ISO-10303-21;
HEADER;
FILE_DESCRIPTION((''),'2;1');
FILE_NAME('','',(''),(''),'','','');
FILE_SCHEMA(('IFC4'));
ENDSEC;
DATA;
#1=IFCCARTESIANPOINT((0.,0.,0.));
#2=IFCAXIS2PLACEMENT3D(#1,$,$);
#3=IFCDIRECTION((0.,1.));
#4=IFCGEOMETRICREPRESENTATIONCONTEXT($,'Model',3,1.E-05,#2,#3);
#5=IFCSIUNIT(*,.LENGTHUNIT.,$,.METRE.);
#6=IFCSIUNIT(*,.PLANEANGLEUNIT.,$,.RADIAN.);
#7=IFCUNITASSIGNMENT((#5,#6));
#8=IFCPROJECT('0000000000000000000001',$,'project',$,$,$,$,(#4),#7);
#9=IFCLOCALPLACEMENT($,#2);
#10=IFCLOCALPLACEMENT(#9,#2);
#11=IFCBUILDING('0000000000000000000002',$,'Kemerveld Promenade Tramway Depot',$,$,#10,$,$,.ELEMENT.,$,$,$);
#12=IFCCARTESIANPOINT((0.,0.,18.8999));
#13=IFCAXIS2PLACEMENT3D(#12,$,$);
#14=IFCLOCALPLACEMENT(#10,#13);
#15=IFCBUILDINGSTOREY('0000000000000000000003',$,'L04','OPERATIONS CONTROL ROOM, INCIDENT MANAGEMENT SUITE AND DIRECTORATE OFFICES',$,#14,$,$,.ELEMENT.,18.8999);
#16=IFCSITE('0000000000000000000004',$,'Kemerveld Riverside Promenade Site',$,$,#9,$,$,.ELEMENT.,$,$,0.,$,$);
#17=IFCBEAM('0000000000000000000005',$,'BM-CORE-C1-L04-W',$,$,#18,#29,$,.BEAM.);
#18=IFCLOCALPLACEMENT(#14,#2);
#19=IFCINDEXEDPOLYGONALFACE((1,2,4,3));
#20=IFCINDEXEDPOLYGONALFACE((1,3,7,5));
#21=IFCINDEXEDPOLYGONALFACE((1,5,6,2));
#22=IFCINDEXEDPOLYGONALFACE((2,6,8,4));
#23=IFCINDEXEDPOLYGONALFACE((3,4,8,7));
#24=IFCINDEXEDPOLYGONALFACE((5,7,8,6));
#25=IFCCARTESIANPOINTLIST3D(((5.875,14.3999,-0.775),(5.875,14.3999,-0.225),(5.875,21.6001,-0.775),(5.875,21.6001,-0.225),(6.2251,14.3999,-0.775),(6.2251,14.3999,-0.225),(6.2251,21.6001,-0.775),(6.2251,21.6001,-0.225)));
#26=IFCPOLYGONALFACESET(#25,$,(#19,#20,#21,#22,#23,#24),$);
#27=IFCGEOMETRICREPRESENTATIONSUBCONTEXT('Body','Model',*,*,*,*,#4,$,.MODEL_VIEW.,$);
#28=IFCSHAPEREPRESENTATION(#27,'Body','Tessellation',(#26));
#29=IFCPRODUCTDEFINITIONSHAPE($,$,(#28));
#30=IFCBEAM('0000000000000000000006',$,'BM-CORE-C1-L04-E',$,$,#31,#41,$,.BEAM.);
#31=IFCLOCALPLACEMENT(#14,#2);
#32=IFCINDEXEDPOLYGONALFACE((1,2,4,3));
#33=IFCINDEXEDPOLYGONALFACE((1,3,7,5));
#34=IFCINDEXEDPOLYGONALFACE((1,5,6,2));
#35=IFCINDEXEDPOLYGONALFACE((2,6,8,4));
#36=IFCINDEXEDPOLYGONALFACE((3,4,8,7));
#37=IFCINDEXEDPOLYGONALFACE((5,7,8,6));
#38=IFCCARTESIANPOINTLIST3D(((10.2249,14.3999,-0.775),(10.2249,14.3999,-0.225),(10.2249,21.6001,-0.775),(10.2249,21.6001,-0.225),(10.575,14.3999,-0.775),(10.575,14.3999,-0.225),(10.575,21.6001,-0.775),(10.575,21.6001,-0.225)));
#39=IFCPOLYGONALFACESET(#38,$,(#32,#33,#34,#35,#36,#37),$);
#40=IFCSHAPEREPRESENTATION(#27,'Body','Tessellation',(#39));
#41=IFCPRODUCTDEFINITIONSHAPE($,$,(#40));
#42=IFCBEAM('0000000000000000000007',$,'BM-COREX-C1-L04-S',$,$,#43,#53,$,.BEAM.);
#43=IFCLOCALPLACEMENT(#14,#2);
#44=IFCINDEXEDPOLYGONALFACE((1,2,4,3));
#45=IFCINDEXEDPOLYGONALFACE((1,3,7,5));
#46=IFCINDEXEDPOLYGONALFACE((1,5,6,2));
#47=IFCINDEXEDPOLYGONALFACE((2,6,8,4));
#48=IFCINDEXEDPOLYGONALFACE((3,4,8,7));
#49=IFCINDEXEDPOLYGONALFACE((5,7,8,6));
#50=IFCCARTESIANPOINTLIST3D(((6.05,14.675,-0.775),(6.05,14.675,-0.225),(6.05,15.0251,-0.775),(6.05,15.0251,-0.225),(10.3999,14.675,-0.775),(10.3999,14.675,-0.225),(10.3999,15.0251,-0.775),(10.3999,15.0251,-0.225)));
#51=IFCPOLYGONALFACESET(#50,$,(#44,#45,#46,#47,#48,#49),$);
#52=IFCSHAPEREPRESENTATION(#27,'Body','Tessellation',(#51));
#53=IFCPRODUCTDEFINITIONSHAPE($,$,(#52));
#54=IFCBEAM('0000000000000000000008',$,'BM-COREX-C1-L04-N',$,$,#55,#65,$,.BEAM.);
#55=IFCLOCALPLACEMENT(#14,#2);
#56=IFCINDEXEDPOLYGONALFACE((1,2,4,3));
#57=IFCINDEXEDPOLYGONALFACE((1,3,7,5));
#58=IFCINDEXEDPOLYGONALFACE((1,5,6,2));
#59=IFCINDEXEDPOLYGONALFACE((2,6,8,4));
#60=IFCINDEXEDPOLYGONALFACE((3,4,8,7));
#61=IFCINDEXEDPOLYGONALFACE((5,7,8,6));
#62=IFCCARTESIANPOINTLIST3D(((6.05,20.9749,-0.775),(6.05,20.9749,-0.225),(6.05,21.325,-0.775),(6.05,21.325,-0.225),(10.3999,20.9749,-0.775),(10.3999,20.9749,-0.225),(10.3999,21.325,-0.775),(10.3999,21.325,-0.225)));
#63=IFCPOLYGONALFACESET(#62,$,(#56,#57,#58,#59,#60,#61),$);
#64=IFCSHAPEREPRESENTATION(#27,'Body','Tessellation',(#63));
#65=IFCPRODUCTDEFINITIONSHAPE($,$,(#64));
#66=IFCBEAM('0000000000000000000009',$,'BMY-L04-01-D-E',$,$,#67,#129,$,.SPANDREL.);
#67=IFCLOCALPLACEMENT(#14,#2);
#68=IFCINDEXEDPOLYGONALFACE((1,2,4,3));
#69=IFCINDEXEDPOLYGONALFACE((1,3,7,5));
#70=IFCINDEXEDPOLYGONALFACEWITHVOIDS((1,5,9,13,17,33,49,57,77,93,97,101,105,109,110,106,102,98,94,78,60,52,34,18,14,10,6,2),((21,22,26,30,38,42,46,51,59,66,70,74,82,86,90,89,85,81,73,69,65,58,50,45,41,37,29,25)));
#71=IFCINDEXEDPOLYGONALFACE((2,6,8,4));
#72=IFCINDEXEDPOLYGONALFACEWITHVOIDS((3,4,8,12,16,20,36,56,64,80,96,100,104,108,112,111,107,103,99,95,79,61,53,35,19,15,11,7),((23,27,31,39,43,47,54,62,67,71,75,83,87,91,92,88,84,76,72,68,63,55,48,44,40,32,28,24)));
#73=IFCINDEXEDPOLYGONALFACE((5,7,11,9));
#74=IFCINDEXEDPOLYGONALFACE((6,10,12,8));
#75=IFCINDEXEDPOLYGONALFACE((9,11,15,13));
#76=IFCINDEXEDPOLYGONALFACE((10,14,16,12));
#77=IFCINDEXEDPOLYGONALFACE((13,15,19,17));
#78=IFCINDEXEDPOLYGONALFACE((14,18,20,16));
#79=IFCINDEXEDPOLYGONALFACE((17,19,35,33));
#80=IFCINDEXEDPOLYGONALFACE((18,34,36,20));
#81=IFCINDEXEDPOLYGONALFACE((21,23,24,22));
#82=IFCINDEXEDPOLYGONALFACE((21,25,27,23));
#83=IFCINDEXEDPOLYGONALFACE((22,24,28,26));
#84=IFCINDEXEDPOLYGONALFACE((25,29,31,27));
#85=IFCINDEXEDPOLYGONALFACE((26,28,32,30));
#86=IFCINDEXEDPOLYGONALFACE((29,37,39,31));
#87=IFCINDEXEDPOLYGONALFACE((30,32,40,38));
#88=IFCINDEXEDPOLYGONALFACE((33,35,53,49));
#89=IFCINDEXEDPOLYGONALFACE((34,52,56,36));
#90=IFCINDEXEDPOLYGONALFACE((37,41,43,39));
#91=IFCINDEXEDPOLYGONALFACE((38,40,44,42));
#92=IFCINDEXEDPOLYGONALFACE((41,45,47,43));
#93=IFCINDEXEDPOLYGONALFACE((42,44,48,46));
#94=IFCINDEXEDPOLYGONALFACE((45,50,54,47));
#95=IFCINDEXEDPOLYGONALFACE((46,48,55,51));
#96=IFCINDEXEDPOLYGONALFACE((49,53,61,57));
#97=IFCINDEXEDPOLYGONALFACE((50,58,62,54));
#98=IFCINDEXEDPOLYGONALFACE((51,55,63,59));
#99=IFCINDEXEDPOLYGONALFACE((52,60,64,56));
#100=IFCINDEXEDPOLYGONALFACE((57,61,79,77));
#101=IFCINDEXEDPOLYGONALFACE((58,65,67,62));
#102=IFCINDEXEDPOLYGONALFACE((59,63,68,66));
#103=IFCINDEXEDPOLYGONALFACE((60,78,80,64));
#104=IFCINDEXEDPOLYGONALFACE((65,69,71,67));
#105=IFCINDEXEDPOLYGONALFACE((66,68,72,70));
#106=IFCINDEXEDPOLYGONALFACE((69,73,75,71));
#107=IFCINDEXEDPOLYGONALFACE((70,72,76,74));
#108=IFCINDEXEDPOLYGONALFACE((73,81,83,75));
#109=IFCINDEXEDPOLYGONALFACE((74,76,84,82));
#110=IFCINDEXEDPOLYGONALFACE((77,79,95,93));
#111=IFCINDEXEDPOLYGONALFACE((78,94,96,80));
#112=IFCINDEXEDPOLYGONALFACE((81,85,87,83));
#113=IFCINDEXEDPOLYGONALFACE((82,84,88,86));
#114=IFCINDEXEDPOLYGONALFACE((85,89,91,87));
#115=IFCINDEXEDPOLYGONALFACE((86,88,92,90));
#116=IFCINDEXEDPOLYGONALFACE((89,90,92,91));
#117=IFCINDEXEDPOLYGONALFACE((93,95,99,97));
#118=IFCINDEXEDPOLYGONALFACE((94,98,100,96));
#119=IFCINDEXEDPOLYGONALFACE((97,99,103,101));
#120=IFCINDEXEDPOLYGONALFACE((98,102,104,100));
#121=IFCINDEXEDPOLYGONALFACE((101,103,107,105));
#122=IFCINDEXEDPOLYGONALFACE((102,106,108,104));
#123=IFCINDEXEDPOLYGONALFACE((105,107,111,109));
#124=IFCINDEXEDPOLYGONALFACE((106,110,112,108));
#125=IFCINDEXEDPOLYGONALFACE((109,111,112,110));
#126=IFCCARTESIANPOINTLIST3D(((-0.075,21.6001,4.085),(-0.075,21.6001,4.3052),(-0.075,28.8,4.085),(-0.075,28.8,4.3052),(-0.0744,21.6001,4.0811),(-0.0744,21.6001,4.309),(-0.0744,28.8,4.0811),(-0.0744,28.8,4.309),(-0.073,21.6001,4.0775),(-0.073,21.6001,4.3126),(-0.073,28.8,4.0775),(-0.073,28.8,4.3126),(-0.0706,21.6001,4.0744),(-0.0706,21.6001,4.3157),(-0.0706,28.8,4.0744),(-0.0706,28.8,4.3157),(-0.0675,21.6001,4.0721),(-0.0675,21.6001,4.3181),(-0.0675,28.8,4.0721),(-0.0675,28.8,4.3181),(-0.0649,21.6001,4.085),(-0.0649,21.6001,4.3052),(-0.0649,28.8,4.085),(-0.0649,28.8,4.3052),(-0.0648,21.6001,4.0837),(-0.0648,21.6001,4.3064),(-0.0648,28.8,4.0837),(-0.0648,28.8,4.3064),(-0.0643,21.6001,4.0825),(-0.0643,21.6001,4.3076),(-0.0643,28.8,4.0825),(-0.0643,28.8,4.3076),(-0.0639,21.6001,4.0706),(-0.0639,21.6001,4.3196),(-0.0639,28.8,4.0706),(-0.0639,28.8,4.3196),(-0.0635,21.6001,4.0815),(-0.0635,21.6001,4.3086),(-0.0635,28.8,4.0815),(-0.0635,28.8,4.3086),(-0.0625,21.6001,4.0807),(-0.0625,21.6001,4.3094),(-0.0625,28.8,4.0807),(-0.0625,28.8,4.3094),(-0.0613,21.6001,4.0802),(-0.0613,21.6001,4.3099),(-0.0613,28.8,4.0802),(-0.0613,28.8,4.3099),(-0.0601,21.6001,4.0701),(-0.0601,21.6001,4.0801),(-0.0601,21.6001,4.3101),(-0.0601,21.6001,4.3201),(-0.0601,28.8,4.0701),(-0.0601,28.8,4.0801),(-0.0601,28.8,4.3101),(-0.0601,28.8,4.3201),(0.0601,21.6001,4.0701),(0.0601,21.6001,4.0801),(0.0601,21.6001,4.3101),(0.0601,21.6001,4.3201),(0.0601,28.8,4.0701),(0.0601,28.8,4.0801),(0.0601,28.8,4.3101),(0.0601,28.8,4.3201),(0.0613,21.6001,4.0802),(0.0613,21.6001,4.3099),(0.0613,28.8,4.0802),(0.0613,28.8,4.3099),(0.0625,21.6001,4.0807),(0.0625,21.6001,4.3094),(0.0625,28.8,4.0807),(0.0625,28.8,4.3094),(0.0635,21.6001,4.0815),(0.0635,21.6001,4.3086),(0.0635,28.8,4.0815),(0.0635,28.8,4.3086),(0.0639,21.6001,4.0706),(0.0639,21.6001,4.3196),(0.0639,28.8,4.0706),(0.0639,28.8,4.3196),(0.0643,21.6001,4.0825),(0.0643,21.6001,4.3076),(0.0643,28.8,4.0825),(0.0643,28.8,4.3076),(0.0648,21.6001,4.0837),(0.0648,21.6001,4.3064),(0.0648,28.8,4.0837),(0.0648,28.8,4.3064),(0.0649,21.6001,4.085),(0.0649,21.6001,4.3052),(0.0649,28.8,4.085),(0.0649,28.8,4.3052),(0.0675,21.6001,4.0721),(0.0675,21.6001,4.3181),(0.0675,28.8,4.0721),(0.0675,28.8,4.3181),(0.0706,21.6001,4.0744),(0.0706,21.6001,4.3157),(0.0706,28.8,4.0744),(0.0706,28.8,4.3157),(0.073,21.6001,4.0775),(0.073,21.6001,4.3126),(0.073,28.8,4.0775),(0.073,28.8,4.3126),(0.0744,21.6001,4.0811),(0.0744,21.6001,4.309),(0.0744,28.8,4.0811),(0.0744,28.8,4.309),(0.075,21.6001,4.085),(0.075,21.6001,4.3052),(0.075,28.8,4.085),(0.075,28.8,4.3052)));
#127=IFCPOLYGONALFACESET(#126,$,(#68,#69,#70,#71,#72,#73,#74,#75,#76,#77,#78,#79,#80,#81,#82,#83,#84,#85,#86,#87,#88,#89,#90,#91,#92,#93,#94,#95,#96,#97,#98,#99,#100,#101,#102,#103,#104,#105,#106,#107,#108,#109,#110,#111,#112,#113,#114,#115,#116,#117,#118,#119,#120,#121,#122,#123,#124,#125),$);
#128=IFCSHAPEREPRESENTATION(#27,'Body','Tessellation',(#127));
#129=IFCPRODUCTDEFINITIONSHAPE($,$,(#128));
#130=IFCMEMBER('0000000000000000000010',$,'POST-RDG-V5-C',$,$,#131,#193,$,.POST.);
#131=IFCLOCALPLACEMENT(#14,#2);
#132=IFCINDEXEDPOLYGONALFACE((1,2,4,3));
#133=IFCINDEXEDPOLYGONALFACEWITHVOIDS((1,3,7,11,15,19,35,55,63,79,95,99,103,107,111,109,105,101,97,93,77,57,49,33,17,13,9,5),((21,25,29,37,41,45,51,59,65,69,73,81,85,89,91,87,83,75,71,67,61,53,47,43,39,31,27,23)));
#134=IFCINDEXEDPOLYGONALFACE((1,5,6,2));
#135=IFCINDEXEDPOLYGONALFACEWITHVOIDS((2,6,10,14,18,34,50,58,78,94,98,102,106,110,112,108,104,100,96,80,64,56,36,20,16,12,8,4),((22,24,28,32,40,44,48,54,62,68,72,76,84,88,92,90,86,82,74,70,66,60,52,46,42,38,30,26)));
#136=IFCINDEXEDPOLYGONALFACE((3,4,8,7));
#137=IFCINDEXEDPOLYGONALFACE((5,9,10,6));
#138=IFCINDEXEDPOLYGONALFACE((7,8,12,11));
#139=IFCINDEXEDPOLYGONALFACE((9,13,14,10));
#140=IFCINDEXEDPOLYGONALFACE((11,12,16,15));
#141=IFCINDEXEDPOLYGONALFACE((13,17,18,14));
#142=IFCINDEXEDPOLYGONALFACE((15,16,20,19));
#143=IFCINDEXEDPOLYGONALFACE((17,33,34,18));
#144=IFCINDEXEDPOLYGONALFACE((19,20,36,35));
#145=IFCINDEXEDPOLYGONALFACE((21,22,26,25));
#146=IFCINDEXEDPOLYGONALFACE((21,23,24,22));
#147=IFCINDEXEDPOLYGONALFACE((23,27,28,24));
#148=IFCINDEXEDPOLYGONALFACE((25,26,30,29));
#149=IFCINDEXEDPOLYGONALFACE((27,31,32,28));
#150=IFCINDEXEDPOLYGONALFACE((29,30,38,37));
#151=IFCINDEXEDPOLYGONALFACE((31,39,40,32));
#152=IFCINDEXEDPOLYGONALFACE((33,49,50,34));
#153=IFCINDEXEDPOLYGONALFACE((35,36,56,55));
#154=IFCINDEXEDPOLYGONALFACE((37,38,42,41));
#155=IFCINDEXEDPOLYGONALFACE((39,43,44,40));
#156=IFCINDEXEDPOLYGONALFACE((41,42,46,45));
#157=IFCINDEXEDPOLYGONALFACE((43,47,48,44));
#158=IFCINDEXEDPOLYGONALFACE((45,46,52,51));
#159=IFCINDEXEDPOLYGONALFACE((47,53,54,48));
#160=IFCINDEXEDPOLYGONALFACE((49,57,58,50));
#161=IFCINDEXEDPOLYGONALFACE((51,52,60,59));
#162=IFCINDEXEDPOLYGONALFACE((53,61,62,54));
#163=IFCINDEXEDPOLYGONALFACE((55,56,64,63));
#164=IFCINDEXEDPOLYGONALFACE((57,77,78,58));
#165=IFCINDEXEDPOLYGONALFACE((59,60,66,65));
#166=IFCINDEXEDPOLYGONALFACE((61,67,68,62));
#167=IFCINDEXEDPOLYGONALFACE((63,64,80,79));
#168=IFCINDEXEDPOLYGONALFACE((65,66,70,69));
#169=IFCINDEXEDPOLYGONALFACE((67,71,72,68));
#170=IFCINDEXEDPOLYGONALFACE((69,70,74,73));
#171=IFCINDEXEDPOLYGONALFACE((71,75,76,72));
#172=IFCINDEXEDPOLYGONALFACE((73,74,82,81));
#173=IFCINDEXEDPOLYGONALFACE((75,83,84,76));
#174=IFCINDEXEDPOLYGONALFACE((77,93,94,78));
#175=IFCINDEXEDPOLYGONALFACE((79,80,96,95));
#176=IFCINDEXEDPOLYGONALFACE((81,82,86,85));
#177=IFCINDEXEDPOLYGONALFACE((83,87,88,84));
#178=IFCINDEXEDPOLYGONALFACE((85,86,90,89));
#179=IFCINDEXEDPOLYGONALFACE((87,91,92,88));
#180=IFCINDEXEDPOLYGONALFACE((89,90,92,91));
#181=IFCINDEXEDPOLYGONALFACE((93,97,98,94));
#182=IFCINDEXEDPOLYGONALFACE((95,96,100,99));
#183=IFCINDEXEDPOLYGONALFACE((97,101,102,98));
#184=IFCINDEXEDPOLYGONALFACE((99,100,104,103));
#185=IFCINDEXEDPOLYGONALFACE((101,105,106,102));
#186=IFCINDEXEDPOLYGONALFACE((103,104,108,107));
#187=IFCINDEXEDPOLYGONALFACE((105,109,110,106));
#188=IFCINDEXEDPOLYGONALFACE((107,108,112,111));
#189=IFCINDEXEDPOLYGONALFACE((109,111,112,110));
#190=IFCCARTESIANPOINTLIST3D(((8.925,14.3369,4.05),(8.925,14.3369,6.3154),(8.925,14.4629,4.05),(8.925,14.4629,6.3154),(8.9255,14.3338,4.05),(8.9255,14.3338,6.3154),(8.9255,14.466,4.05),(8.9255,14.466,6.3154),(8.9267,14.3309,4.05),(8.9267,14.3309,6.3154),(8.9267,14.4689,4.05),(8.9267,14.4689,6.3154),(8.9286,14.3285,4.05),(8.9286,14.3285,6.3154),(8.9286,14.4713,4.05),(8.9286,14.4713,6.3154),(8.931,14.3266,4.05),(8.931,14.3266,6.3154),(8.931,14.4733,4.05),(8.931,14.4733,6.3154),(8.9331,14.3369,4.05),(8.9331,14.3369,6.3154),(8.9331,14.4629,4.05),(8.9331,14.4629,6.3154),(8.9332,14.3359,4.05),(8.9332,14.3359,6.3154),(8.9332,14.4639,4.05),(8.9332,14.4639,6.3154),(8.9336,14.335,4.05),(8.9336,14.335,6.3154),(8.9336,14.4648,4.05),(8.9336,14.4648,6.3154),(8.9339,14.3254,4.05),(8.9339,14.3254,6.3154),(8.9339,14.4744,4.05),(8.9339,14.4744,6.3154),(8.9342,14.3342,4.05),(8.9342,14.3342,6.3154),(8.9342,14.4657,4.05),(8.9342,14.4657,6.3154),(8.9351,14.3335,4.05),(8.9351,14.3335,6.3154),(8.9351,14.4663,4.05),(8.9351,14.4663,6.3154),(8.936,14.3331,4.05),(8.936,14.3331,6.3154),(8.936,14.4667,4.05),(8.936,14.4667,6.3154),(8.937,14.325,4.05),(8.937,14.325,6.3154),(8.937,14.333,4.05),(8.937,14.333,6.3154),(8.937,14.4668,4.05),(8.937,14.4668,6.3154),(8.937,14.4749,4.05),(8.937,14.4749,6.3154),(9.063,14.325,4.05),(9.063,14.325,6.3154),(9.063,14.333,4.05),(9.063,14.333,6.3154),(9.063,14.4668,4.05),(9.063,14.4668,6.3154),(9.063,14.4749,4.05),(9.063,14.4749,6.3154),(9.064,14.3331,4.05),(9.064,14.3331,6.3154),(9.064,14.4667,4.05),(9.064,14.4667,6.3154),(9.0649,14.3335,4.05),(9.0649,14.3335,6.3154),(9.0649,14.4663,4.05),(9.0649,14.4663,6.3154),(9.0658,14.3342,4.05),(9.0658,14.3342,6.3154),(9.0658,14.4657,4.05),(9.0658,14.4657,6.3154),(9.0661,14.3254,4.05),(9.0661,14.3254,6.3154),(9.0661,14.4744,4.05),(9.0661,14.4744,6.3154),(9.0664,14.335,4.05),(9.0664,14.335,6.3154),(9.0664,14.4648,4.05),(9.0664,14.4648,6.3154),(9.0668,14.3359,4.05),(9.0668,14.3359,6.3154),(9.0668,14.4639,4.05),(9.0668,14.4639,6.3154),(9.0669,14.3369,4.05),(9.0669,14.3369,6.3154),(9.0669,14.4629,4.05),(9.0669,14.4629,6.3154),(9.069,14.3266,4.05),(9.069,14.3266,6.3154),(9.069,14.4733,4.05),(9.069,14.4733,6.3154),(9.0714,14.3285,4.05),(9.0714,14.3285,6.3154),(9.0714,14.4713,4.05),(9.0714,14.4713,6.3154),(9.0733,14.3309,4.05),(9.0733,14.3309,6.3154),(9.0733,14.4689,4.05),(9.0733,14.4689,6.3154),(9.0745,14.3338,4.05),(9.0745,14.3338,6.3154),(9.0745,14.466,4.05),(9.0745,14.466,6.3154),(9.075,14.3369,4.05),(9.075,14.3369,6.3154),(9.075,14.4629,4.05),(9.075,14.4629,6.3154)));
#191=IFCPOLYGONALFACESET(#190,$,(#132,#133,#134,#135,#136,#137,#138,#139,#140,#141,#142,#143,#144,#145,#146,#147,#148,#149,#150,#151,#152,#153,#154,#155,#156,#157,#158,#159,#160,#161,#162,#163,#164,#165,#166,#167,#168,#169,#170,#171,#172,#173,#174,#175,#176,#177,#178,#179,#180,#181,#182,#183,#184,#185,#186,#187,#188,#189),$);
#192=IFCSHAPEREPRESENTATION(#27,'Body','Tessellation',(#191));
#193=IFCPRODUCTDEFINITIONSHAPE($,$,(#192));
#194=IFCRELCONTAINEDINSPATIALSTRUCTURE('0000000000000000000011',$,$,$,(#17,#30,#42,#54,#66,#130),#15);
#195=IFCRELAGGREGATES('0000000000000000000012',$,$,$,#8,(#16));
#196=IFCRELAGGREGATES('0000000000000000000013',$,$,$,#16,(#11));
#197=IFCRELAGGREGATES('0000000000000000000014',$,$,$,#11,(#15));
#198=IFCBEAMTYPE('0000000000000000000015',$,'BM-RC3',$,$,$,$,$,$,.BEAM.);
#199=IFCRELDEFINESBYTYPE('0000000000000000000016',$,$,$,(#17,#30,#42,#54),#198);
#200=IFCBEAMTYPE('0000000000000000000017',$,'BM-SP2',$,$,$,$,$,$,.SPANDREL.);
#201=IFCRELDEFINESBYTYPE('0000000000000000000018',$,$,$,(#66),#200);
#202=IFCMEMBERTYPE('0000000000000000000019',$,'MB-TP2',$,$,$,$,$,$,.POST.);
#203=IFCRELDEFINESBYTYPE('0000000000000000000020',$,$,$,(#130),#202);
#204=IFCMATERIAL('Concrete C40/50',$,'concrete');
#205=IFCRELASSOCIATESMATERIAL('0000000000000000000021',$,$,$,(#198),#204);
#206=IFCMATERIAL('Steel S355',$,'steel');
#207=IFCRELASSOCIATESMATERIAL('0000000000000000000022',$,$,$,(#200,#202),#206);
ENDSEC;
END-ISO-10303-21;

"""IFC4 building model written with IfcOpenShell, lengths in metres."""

from ifc_helpers import new_model, si_unit, direction, frame, origin, origin_2d, place, context, subcontext, project, spatial, rectangle, hollow_rectangle, extrude, material, material_profile, profile_set, type_object, element, save


model = new_model("IFC4")

# Units and contexts
model_context = context("Model", 3, precision=1e-05, world=origin(), true_north=direction((0.0, 1.0)))
body_context = subcontext(model_context, "Body", "Model", "MODEL_VIEW")
ifc_project = project(units=[si_unit("LENGTHUNIT", "METRE"), si_unit("PLANEANGLEUNIT", "RADIAN")], contexts=[model_context])

# Site, building, storey
site_placement = place(None, origin())
site = spatial("IfcSite", under=ifc_project, at=site_placement, Name="Kemerveld Riverside Promenade Site", CompositionType="ELEMENT", RefElevation=0.0)
building_placement = place(site_placement, origin())
building = spatial("IfcBuilding", under=site, at=building_placement, Name="Kemerveld Promenade Tramway Depot", CompositionType="ELEMENT")
storey_placement = place(building_placement, frame((0.0, 0.0, 18.8999)))
storey = spatial("IfcBuildingStorey", under=building, at=storey_placement, Name="L04", Description="OPERATIONS CONTROL ROOM, INCIDENT MANAGEMENT SUITE AND DIRECTORATE OFFICES", CompositionType="ELEMENT", Elevation=18.8999)

# Shared definitions
ifc_material_1 = material(Name="Steel S355", Category="steel")

# Beams
ifc_material_2 = material(Name="Concrete C40/50", Category="concrete")
ifc_material_profile_1 = material_profile(ifc_material_2, rectangle(XDim=0.3501, YDim=0.55, at=origin_2d()), Name="RC-BM-350x550")
ifc_profile_set_1 = profile_set([ifc_material_profile_1], Name="Concrete C40/50")
beam_type_1 = type_object("IfcBeamType", Name="BM-RC3", PredefinedType="BEAM", material=ifc_profile_set_1)
for number, where, z_axis, x_axis, name in (
    (1, (6.05, 14.3999, -0.5), (0.0, 1.0, 0.0), (-1.0, 0.0, 0.0), "BM-CORE-C1-L04-W"),
    (2, (10.3999, 14.3999, -0.5), (0.0, 1.0, 0.0), (-1.0, 0.0, 0.0), "BM-CORE-C1-L04-E"),
):
    element("IfcBeam", number, at=place(storey_placement, frame(where, z_axis=z_axis, x_axis=x_axis)), inside=storey, type_object=beam_type_1, Name=name, PredefinedType="BEAM", context=body_context, shape_type="SweptSolid", body=[
        extrude(rectangle(XDim=0.3501, YDim=0.55, at=origin_2d()), origin(), (0.0, 0.0, 1.0), 7.2002),
    ])
for number, where, z_axis, x_axis, name in (
    (3, (6.05, 14.8501, -0.5), (1.0, 0.0, 0.0), (0.0, 1.0, 0.0), "BM-COREX-C1-L04-S"),
    (4, (6.05, 21.1499, -0.5), (1.0, 0.0, 0.0), (0.0, 1.0, 0.0), "BM-COREX-C1-L04-N"),
):
    element("IfcBeam", number, at=place(storey_placement, frame(where, z_axis=z_axis, x_axis=x_axis)), inside=storey, type_object=beam_type_1, Name=name, PredefinedType="BEAM", context=body_context, shape_type="SweptSolid", body=[
        extrude(rectangle(XDim=0.3501, YDim=0.55, at=origin_2d()), origin(), (0.0, 0.0, 1.0), 4.3499),
    ])
ifc_material_profile_2 = material_profile(ifc_material_1, hollow_rectangle(XDim=0.1499, YDim=0.25, WallThickness=0.01, InnerFilletRadius=0.0049, OuterFilletRadius=0.0149, at=origin_2d()), Name="250x150x10.0 RHS")
ifc_profile_set_2 = profile_set([ifc_material_profile_2], Name="Steel S355")
beam_type_2 = type_object("IfcBeamType", Name="BM-SP2", PredefinedType="SPANDREL", material=ifc_profile_set_2)
beam_placement = place(storey_placement, frame((0.0, 21.6001, 4.1951), z_axis=(0.0, 1.0, 0.0), x_axis=(-1.0, 0.0, 0.0)))
element("IfcBeam", 5, at=beam_placement, inside=storey, type_object=beam_type_2, Name="BMY-L04-01-D-E", PredefinedType="SPANDREL", context=body_context, shape_type="SweptSolid", body=[
    extrude(hollow_rectangle(XDim=0.1499, YDim=0.25, WallThickness=0.01, InnerFilletRadius=0.0049, OuterFilletRadius=0.0149, at=origin_2d()), origin(), (0.0, 0.0, 1.0), 7.2),
])

# Member
ifc_material_profile_3 = material_profile(ifc_material_1, hollow_rectangle(XDim=0.1499, YDim=0.1499, WallThickness=0.0081, InnerFilletRadius=0.0039, OuterFilletRadius=0.012, at=origin_2d()), Name="150x150x8.0 SHS")
ifc_profile_set_3 = profile_set([ifc_material_profile_3], Name="Steel S355")
member_type = type_object("IfcMemberType", Name="MB-TP2", PredefinedType="POST", material=ifc_profile_set_3)
member_placement = place(storey_placement, frame((9.0, 14.3999, 4.05), z_axis=(0.0, 0.0, 1.0), x_axis=(1.0, 0.0, 0.0)))
element("IfcMember", 6, at=member_placement, inside=storey, type_object=member_type, Name="POST-RDG-V5-C", PredefinedType="POST", context=body_context, shape_type="SweptSolid", body=[
    extrude(hollow_rectangle(XDim=0.1499, YDim=0.1499, WallThickness=0.0081, InnerFilletRadius=0.0039, OuterFilletRadius=0.012, at=origin_2d()), origin(), (0.0, 0.0, 1.0), 2.2654),
])

save(model, "model.ifc")
